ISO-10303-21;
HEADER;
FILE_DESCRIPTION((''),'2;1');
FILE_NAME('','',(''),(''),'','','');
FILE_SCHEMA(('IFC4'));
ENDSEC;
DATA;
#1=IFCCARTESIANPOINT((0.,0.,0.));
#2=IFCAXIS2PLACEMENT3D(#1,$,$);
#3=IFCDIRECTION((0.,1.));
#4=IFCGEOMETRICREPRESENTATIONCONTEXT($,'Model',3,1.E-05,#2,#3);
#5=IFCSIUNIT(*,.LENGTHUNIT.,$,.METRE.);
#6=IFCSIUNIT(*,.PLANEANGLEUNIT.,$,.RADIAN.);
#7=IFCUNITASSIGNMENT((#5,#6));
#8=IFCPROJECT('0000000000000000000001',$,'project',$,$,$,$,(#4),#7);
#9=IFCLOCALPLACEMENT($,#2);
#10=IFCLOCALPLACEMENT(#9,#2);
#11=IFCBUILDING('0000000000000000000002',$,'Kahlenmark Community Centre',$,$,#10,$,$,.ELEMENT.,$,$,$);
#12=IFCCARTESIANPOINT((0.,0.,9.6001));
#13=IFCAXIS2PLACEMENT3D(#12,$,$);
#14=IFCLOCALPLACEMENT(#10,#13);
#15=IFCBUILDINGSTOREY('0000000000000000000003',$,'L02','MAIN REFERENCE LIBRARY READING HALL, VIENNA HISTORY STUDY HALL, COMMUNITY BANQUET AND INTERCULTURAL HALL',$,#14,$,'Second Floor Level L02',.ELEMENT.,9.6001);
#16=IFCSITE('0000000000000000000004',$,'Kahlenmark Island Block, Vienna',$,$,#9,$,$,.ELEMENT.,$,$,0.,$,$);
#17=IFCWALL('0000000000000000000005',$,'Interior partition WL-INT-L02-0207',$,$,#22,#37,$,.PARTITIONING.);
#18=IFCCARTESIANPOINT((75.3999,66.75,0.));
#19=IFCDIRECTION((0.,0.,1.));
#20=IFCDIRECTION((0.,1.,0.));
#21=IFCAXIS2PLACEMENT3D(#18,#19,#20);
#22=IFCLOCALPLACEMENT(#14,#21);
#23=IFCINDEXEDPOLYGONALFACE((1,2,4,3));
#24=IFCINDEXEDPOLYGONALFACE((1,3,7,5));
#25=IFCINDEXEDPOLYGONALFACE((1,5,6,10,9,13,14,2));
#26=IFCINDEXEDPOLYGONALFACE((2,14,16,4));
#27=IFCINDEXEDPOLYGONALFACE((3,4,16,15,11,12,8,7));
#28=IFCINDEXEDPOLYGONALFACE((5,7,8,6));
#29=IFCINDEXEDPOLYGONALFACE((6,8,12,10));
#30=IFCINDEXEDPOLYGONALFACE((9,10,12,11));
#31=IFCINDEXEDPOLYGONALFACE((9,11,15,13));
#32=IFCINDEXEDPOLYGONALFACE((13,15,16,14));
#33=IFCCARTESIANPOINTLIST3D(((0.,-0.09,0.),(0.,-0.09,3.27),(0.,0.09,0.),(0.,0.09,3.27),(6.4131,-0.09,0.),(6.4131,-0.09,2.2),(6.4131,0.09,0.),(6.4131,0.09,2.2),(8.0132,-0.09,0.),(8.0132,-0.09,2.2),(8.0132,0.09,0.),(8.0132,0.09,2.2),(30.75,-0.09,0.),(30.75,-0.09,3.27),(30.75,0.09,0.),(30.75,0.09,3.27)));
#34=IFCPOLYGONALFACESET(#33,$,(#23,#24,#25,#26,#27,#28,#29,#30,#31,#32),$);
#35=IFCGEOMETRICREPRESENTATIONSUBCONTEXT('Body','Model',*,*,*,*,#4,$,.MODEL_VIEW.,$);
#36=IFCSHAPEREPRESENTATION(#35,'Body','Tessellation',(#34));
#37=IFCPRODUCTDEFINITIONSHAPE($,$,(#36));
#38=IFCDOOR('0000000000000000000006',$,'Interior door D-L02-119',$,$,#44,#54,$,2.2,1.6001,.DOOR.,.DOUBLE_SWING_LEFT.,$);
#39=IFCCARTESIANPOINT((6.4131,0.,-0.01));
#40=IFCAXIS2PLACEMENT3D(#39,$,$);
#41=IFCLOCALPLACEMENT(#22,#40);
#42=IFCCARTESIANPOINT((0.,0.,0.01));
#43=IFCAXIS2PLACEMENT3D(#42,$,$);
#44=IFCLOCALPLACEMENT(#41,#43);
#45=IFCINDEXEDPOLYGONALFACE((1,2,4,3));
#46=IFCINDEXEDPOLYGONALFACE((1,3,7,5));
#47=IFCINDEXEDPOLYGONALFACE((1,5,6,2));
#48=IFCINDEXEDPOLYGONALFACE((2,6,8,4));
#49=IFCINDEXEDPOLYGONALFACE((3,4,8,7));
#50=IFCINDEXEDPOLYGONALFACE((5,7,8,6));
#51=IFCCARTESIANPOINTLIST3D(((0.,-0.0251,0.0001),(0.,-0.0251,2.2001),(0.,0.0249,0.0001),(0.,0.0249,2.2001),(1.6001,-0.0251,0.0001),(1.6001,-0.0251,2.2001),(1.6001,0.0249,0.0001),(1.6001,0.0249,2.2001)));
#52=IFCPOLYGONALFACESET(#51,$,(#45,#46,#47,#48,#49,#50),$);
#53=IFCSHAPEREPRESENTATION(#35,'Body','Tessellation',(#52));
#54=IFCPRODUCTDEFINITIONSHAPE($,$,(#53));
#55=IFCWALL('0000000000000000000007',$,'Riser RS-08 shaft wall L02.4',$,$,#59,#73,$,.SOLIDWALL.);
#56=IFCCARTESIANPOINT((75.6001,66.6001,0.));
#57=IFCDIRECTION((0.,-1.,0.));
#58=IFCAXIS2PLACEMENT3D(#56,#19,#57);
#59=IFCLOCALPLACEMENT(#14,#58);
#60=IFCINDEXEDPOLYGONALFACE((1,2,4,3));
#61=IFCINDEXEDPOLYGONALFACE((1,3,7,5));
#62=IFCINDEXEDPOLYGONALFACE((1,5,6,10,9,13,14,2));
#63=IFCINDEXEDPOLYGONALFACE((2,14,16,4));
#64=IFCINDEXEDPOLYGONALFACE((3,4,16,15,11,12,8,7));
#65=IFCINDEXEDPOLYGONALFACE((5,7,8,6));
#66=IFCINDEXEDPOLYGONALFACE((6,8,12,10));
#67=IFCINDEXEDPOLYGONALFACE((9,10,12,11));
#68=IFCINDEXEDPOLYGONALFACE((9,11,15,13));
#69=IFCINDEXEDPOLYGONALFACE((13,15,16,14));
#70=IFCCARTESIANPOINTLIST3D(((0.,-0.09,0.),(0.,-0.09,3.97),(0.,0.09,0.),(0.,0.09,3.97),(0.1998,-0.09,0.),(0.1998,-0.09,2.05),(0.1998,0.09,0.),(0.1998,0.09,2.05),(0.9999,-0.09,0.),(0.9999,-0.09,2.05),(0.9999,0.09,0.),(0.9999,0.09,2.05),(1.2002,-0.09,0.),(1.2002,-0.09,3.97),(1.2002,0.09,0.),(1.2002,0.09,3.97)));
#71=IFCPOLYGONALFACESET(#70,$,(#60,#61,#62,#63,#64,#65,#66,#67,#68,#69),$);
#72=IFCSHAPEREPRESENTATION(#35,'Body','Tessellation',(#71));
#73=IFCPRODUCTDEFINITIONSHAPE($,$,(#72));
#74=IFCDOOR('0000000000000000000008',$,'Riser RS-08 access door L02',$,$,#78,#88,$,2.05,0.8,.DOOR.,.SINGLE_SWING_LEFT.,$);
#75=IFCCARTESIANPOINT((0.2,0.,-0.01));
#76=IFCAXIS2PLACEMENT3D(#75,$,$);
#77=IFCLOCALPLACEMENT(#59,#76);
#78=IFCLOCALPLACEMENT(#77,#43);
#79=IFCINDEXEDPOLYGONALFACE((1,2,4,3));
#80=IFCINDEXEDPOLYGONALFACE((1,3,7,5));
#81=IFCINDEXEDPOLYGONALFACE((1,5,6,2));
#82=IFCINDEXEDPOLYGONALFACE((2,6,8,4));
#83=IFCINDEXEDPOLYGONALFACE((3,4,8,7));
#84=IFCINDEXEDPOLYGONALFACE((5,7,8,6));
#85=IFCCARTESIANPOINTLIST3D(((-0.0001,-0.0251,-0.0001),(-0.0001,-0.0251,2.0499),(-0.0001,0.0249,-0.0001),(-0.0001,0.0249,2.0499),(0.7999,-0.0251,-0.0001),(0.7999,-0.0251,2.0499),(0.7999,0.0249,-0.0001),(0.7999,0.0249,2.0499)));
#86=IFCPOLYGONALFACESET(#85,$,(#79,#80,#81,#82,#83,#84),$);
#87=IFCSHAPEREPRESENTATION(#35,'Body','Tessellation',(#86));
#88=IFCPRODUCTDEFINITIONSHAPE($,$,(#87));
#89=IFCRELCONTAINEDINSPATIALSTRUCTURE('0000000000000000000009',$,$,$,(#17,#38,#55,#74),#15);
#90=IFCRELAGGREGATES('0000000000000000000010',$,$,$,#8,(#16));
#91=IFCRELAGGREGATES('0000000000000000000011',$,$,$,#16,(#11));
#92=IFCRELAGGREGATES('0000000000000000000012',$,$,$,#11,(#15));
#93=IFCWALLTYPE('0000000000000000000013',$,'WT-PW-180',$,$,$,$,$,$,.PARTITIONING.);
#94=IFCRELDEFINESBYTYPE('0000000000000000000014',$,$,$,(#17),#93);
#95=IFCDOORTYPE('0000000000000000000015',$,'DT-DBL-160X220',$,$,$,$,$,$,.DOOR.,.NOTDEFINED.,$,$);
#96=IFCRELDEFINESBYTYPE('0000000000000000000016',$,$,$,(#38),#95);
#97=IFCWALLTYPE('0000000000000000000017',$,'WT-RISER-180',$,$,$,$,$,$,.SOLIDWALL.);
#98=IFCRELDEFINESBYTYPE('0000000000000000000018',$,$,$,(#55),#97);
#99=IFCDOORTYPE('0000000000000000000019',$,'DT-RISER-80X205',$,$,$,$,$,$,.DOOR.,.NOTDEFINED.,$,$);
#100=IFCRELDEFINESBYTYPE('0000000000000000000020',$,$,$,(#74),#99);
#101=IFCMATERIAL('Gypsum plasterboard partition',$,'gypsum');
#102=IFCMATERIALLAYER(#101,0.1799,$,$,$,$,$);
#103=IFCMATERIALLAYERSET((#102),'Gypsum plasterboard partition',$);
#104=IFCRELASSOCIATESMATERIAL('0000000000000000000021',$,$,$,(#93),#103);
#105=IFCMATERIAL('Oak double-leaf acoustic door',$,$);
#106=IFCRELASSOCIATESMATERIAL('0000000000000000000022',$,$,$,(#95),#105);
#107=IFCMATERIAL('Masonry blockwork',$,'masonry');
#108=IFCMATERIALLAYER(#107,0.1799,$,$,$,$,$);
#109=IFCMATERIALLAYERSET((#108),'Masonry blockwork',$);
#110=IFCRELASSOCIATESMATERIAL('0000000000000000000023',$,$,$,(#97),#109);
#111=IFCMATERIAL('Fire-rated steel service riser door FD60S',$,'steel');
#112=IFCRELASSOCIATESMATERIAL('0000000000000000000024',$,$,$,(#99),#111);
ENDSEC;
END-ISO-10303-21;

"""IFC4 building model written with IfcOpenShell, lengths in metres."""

from ifc_helpers import new_model, si_unit, direction, frame, frame_2d, origin, place, context, subcontext, project, spatial, rectangle, extrude, material, layer, layer_set, type_object, element, fill, save


model = new_model("IFC4")

# Units and contexts
model_context = context("Model", 3, precision=1e-05, world=origin(), true_north=direction((0.0, 1.0)))
body_context = subcontext(model_context, "Body", "Model", "MODEL_VIEW")
ifc_project = project(units=[si_unit("LENGTHUNIT", "METRE"), si_unit("PLANEANGLEUNIT", "RADIAN")], contexts=[model_context])

# Site, building, storey
site_placement = place(None, origin())
site = spatial("IfcSite", under=ifc_project, at=site_placement, Name="Kahlenmark Island Block, Vienna", CompositionType="ELEMENT", RefElevation=0.0)
building_placement = place(site_placement, origin())
building = spatial("IfcBuilding", under=site, at=building_placement, Name="Kahlenmark Community Centre", CompositionType="ELEMENT")
storey_placement = place(building_placement, frame((0.0, 0.0, 9.6001)))
storey = spatial("IfcBuildingStorey", under=building, at=storey_placement, Name="L02", Description="MAIN REFERENCE LIBRARY READING HALL, VIENNA HISTORY STUDY HALL, COMMUNITY BANQUET AND INTERCULTURAL HALL", LongName="Second Floor Level L02", CompositionType="ELEMENT", Elevation=9.6001)

# Shared definitions
ifc_material_1 = material(Name="Gypsum plasterboard partition", Category="gypsum")

# Shared definitions
ifc_layer_1 = layer(ifc_material_1, 0.1799)
ifc_layer_set_1 = layer_set([ifc_layer_1], Name="Gypsum plasterboard partition")
wall_type_1 = type_object("IfcWallType", Name="WT-PW-180", PredefinedType="PARTITIONING", material=ifc_layer_set_1)

# Wall, opening, door
wall_1_placement = place(storey_placement, frame((75.3999, 66.75, 0.0), z_axis=(0.0, 0.0, 1.0), x_axis=(0.0, 1.0, 0.0)))
wall_1 = element("IfcWall", 1, at=wall_1_placement, inside=storey, type_object=wall_type_1, Name="Interior partition WL-INT-L02-0207", PredefinedType="PARTITIONING", context=body_context, shape_type="SweptSolid", body=[
    extrude(rectangle(XDim=30.75, YDim=0.1799, at=frame_2d((15.375, 0.0))), origin(), (0.0, 0.0, 1.0), 3.27),
])
opening_1_placement = place(wall_1_placement, frame((6.4131, 0.0, -0.01)))
opening_1 = element("IfcOpeningElement", 2, at=opening_1_placement, cuts=wall_1, PredefinedType="OPENING", context=body_context, shape_type="SweptSolid", body=[
    extrude(rectangle(XDim=1.6001, YDim=2.21, at=frame_2d((0.8, 1.105))), frame((0.0, 0.0999, 0.0), z_axis=(0.0, -1.0, 0.0), x_axis=(1.0, 0.0, 0.0)), (0.0, 0.0, 1.0), 0.2),
])
ifc_material_2 = material(Name="Oak double-leaf acoustic door")
door_type_1 = type_object("IfcDoorType", Name="DT-DBL-160X220", OperationType="NOTDEFINED", PredefinedType="DOOR", material=ifc_material_2)
door_1_placement = place(opening_1_placement, frame((0.0, 0.0, 0.01)))
door_1 = element("IfcDoor", 3, at=door_1_placement, inside=storey, type_object=door_type_1, Name="Interior door D-L02-119", OperationType="DOUBLE_SWING_LEFT", OverallHeight=2.2, OverallWidth=1.6001, PredefinedType="DOOR", context=body_context, shape_type="SweptSolid", body=[
    extrude(rectangle(XDim=1.6001, YDim=2.2, at=frame_2d((0.8, 1.1001))), frame((0.0, 0.0249, 0.0), z_axis=(0.0, -1.0, 0.0), x_axis=(1.0, 0.0, 0.0)), (0.0, 0.0, 1.0), 0.05),
])
fill(opening_1, door_1)

# Shared definitions
ifc_material_3 = material(Name="Masonry blockwork", Category="masonry")
ifc_layer_2 = layer(ifc_material_3, 0.1799)
ifc_layer_set_2 = layer_set([ifc_layer_2], Name="Masonry blockwork")
wall_type_2 = type_object("IfcWallType", Name="WT-RISER-180", PredefinedType="SOLIDWALL", material=ifc_layer_set_2)

# Wall, opening, door
wall_2_placement = place(storey_placement, frame((75.6001, 66.6001, 0.0), z_axis=(0.0, 0.0, 1.0), x_axis=(0.0, -1.0, 0.0)))
wall_2 = element("IfcWall", 4, at=wall_2_placement, inside=storey, type_object=wall_type_2, Name="Riser RS-08 shaft wall L02.4", PredefinedType="SOLIDWALL", context=body_context, shape_type="SweptSolid", body=[
    extrude(rectangle(XDim=1.2002, YDim=0.1799, at=frame_2d((0.6001, 0.0))), origin(), (0.0, 0.0, 1.0), 3.97),
])
opening_2_placement = place(wall_2_placement, frame((0.2, 0.0, -0.01)))
opening_2 = element("IfcOpeningElement", 5, at=opening_2_placement, cuts=wall_2, PredefinedType="OPENING", context=body_context, shape_type="SweptSolid", body=[
    extrude(rectangle(XDim=0.8, YDim=2.0601, at=frame_2d((0.3999, 1.03))), frame((0.0, 0.0999, 0.0), z_axis=(0.0, -1.0, 0.0), x_axis=(1.0, 0.0, 0.0)), (0.0, 0.0, 1.0), 0.2),
])
ifc_material_4 = material(Name="Fire-rated steel service riser door FD60S", Category="steel")
door_type_2 = type_object("IfcDoorType", Name="DT-RISER-80X205", OperationType="NOTDEFINED", PredefinedType="DOOR", material=ifc_material_4)
door_2_placement = place(opening_2_placement, frame((0.0, 0.0, 0.01)))
door_2 = element("IfcDoor", 6, at=door_2_placement, inside=storey, type_object=door_type_2, Name="Riser RS-08 access door L02", OperationType="SINGLE_SWING_LEFT", OverallHeight=2.05, OverallWidth=0.8, PredefinedType="DOOR", context=body_context, shape_type="SweptSolid", body=[
    extrude(rectangle(XDim=0.8, YDim=2.05, at=frame_2d((0.3999, 1.0249))), frame((0.0, 0.0249, 0.0), z_axis=(0.0, -1.0, 0.0), x_axis=(1.0, 0.0, 0.0)), (0.0, 0.0, 1.0), 0.05),
])
fill(opening_2, door_2)

save(model, "model.ifc")
